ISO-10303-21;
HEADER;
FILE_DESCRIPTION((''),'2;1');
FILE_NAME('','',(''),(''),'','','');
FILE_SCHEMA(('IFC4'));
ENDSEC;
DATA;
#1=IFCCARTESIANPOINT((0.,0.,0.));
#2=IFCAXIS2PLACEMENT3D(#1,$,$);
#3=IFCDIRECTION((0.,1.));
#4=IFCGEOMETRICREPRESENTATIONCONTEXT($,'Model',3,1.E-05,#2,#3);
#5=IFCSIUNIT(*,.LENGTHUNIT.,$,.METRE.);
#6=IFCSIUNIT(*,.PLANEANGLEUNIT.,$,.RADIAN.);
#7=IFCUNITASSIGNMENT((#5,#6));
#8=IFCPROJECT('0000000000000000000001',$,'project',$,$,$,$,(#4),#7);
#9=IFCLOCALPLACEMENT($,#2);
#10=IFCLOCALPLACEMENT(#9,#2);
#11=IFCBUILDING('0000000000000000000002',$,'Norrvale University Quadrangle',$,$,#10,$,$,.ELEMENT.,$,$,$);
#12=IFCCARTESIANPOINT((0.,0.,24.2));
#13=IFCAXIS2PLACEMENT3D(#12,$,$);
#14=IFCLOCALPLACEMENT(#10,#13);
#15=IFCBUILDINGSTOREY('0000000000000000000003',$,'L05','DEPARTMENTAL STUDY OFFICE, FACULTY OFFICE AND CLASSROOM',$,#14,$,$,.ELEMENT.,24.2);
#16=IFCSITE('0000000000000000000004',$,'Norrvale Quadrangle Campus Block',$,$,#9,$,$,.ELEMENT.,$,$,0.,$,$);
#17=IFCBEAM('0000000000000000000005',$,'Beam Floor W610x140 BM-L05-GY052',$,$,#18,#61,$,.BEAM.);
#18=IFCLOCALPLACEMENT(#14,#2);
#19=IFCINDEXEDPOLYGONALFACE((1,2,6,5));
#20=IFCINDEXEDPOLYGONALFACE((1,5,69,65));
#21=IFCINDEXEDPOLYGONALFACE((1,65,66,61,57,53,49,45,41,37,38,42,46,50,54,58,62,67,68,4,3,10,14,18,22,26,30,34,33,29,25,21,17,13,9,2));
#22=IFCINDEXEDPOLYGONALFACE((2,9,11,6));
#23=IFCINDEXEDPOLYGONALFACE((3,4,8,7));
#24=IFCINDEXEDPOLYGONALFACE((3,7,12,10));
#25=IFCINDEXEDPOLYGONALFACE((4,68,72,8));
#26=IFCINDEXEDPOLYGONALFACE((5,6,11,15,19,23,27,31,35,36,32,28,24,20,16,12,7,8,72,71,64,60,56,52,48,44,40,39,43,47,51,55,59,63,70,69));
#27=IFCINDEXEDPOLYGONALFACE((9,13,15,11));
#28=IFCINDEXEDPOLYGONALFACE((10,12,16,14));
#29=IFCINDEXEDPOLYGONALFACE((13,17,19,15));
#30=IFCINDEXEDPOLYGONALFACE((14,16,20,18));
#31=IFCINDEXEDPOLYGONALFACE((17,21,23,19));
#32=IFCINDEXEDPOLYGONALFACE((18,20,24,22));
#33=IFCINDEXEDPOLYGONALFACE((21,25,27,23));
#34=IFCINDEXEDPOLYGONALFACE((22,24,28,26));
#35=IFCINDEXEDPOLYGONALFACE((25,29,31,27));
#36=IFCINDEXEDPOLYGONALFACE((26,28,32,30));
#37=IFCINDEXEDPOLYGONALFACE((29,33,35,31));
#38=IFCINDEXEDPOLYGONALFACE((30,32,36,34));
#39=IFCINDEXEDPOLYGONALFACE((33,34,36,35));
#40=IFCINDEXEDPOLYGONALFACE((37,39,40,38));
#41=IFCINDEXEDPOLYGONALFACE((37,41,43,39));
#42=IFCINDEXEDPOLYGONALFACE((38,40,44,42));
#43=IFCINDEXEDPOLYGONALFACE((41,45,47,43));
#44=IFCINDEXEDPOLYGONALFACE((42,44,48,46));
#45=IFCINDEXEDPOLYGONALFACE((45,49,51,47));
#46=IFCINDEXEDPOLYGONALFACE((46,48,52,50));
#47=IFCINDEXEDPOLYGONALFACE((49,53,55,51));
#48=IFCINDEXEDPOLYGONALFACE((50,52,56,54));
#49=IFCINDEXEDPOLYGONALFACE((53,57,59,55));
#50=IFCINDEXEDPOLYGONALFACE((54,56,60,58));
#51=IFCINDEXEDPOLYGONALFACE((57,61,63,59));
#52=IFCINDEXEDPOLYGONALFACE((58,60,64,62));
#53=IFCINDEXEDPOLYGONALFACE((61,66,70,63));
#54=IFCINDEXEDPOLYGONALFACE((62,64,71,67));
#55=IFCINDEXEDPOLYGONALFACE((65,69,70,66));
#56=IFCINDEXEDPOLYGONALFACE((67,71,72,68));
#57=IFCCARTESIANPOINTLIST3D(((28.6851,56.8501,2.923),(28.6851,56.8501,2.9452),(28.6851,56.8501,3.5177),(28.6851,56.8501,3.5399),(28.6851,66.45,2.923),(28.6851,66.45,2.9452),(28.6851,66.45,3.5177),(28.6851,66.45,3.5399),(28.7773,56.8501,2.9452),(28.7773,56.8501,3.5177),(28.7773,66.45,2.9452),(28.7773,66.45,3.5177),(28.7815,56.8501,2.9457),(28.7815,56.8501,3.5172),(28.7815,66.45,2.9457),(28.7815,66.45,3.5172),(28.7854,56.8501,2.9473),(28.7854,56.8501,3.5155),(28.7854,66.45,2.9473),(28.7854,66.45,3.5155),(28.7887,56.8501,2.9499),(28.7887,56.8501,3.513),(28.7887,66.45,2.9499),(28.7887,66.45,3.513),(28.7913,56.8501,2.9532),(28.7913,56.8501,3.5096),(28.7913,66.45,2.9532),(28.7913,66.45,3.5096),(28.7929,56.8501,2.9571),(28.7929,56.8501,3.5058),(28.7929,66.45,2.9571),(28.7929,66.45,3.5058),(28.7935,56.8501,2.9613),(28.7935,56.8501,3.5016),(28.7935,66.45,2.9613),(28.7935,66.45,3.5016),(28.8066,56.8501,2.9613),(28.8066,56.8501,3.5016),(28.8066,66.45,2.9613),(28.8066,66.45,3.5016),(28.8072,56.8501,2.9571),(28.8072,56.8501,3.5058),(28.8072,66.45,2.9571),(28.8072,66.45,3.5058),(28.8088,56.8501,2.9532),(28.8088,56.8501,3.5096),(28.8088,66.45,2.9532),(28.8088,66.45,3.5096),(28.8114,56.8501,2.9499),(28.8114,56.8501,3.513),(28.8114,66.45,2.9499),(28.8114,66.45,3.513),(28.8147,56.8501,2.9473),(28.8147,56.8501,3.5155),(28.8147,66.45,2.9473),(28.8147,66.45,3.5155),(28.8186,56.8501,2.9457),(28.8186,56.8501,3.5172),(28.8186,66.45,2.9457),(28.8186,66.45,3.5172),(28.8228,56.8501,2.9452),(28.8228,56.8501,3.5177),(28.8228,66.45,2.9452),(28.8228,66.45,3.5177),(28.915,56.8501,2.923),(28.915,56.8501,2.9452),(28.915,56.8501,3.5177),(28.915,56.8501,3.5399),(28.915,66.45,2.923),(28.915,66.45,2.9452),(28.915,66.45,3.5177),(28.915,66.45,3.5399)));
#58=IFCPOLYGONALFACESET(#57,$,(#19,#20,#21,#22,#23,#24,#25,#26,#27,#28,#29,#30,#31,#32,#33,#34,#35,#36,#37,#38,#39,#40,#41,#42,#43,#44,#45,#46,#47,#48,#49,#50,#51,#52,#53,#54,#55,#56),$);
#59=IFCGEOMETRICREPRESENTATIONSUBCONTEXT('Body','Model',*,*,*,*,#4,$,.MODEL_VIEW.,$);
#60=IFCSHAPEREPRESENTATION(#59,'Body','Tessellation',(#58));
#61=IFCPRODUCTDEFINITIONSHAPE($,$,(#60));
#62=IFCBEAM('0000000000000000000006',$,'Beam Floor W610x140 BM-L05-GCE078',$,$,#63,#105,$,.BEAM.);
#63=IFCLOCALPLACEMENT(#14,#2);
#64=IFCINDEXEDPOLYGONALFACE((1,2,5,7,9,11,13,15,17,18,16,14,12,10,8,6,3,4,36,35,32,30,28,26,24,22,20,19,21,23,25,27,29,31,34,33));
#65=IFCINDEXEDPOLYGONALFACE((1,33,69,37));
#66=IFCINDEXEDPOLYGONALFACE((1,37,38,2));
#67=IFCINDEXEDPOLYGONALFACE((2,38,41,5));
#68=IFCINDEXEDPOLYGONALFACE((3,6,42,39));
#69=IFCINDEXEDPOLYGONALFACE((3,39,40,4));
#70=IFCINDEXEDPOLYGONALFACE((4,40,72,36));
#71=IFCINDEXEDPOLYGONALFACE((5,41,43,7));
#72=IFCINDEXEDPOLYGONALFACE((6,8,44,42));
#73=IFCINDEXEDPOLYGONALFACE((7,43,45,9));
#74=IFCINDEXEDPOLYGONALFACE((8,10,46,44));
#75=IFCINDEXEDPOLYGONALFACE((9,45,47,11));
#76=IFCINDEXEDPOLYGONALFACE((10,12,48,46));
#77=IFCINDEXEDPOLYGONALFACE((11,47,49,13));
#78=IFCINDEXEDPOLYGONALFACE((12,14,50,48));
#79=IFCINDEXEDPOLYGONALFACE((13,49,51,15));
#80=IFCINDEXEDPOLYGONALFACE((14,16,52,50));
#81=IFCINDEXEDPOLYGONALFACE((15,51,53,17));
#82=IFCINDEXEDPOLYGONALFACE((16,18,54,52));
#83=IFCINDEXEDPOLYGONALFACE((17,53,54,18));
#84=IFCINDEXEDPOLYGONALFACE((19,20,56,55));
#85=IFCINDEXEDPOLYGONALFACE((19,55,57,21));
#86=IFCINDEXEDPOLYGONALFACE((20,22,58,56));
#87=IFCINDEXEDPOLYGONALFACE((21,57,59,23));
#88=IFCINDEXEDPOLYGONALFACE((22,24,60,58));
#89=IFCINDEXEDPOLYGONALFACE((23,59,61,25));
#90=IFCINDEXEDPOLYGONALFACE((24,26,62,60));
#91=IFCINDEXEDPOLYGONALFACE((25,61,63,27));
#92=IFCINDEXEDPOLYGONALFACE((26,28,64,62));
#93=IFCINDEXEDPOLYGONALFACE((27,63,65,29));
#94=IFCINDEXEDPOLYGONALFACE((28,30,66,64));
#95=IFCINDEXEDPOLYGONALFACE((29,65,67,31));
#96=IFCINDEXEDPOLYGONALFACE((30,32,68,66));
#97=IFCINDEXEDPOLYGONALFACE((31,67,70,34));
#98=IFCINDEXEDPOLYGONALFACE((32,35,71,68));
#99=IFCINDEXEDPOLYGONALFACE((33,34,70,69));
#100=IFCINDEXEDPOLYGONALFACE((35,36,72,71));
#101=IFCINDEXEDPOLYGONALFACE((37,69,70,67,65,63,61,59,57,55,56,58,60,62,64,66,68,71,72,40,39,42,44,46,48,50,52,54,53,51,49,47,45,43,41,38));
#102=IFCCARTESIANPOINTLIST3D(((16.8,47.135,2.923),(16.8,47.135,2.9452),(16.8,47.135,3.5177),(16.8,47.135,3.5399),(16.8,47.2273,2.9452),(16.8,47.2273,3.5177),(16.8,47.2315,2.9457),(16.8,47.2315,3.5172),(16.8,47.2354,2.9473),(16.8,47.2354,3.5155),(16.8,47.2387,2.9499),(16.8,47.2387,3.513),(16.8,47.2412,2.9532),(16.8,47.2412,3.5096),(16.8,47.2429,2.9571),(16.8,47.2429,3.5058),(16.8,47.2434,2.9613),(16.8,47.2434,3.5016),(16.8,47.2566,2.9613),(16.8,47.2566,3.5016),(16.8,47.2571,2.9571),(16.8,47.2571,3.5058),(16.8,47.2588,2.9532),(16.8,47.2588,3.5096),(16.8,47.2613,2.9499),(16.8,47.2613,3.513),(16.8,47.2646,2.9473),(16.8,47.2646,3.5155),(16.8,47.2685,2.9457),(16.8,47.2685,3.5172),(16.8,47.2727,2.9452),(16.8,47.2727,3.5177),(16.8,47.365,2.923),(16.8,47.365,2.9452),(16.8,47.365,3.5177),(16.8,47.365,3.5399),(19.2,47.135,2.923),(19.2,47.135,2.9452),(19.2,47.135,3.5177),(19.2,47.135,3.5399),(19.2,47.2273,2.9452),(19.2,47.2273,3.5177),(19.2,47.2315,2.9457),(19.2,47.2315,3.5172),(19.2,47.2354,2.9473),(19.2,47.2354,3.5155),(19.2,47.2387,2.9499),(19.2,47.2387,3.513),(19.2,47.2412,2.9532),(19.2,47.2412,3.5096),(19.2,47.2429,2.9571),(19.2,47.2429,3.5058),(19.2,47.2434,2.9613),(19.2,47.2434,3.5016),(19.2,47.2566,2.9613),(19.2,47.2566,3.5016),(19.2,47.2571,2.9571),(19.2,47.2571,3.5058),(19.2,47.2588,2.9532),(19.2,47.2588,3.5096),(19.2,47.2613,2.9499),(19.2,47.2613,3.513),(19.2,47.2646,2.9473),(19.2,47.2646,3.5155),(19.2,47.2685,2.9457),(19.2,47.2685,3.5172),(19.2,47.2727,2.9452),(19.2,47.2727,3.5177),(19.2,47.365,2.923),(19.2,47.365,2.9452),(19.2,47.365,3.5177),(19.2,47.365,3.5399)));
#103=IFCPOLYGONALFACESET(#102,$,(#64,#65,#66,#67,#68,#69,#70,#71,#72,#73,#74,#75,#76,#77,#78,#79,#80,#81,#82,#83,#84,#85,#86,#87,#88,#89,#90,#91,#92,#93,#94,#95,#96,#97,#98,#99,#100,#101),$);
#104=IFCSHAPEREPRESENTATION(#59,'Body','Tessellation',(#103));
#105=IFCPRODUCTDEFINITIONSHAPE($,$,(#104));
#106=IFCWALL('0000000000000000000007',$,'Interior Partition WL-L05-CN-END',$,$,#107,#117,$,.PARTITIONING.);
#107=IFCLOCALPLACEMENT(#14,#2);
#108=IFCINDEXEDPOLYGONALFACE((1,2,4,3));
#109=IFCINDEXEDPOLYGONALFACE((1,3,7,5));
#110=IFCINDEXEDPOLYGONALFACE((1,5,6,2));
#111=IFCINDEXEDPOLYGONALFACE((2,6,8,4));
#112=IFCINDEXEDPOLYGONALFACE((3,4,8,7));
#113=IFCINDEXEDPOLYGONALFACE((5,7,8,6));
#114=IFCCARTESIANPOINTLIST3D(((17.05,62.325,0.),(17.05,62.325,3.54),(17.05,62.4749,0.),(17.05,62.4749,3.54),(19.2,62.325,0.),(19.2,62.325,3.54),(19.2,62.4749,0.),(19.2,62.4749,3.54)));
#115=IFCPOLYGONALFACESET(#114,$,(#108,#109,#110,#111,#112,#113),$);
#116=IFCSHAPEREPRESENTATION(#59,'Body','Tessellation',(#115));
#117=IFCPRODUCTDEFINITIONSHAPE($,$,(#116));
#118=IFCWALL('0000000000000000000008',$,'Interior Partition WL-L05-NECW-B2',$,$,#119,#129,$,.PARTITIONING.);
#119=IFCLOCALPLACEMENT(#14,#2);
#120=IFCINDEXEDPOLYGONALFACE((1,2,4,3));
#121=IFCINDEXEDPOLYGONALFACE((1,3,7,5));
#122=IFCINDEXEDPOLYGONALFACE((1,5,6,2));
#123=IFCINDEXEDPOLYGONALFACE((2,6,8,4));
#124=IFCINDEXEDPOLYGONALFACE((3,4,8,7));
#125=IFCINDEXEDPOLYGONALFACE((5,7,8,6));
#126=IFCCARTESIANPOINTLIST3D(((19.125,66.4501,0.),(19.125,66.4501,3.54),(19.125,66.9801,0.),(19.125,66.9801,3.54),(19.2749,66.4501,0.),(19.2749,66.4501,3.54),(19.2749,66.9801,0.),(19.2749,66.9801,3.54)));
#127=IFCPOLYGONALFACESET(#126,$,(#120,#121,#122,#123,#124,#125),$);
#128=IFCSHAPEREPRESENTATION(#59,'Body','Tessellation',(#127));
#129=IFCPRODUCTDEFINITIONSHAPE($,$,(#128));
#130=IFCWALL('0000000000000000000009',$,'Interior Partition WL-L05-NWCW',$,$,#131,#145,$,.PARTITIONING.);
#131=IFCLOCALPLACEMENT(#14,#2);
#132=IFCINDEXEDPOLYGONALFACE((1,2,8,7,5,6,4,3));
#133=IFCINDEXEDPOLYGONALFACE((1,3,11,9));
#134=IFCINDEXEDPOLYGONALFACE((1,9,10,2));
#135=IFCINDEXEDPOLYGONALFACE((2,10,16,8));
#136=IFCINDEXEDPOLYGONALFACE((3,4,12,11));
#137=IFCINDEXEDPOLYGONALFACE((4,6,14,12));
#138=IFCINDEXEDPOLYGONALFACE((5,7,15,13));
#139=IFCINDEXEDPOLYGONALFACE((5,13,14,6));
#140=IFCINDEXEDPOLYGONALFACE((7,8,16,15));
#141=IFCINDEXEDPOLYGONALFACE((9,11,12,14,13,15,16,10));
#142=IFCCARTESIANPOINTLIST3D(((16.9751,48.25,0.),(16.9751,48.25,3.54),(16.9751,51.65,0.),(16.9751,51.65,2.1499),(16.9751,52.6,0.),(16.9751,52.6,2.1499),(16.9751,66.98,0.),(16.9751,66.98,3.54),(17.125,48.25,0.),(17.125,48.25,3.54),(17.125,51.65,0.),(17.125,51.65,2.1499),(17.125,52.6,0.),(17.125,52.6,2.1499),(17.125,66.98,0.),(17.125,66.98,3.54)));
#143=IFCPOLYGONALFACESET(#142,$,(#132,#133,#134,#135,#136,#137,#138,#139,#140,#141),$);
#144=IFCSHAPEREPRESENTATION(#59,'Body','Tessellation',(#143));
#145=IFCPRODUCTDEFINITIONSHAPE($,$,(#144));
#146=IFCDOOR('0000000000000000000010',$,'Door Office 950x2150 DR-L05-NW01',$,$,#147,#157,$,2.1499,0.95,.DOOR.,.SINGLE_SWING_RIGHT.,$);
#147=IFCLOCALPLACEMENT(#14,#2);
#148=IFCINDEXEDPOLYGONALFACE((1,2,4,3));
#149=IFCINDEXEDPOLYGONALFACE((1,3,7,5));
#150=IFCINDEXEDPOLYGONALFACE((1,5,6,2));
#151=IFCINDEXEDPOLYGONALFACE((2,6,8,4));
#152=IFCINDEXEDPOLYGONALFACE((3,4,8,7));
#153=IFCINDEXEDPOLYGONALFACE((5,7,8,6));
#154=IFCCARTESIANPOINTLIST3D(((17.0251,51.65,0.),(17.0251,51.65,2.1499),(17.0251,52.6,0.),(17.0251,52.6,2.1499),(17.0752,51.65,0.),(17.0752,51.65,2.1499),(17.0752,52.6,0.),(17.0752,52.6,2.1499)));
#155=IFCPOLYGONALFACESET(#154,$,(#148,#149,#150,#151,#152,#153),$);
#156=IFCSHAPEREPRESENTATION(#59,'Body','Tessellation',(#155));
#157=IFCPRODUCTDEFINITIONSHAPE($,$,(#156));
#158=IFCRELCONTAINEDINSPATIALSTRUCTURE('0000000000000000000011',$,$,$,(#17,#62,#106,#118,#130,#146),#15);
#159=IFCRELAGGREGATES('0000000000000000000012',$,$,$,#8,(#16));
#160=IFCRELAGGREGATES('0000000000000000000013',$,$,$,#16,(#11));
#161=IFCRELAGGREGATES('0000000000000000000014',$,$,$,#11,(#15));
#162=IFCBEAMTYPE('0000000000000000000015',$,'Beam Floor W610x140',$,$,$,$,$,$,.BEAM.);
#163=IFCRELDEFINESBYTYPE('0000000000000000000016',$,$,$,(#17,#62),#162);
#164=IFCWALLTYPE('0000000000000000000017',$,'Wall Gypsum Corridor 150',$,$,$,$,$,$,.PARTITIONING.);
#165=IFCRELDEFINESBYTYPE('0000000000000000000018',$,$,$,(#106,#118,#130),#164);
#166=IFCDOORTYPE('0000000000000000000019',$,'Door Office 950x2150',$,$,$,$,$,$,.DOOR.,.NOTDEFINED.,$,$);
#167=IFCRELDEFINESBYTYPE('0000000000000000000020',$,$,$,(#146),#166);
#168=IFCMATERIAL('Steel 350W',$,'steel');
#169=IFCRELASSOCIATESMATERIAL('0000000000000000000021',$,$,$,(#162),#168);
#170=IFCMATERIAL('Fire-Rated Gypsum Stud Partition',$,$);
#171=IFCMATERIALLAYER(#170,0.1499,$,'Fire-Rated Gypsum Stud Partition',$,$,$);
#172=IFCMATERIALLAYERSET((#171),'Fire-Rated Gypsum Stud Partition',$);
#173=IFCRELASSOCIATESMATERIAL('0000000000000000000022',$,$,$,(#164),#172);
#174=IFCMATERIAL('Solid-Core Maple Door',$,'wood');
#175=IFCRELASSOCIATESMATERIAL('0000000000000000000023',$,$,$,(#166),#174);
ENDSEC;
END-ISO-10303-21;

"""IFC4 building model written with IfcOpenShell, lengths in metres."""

from ifc_helpers import new_model, si_unit, direction, frame, frame_2d, origin, origin_2d, place, context, subcontext, project, spatial, rectangle, i_section, extrude, material, layer, layer_set, material_profile, profile_set, type_object, element, fill, save


model = new_model("IFC4")

# Units and contexts
model_context = context("Model", 3, precision=1e-05, world=origin(), true_north=direction((0.0, 1.0)))
body_context = subcontext(model_context, "Body", "Model", "MODEL_VIEW")
ifc_project = project(units=[si_unit("LENGTHUNIT", "METRE"), si_unit("PLANEANGLEUNIT", "RADIAN")], contexts=[model_context])

# Site, building, storey
site_placement = place(None, origin())
site = spatial("IfcSite", under=ifc_project, at=site_placement, Name="Norrvale Quadrangle Campus Block", CompositionType="ELEMENT", RefElevation=0.0)
building_placement = place(site_placement, origin())
building = spatial("IfcBuilding", under=site, at=building_placement, Name="Norrvale University Quadrangle", CompositionType="ELEMENT")
storey_placement = place(building_placement, frame((0.0, 0.0, 24.2)))
storey = spatial("IfcBuildingStorey", under=building, at=storey_placement, Name="L05", Description="DEPARTMENTAL STUDY OFFICE, FACULTY OFFICE AND CLASSROOM", CompositionType="ELEMENT", Elevation=24.2)

# Beams
ifc_material_1 = material(Name="Steel 350W", Category="steel")
ifc_material_profile_1 = material_profile(ifc_material_1, i_section(OverallWidth=0.23, OverallDepth=0.6169, WebThickness=0.0132, FlangeThickness=0.0222, FilletRadius=0.0161, at=origin_2d()), Name="Steel 350W")
ifc_profile_set_1 = profile_set([ifc_material_profile_1], Name="Steel 350W")
beam_type_1 = type_object("IfcBeamType", Name="Beam Floor W610x140", PredefinedType="BEAM", material=ifc_profile_set_1)
beam_1_placement = place(storey_placement, frame((28.8, 56.8501, 3.2314), z_axis=(0.0, 1.0, 0.0), x_axis=(-1.0, 0.0, 0.0)))
element("IfcBeam", 1, at=beam_1_placement, inside=storey, type_object=beam_type_1, Name="Beam Floor W610x140 BM-L05-GY052", PredefinedType="BEAM", context=body_context, shape_type="SweptSolid", body=[
    extrude(i_section(OverallWidth=0.23, OverallDepth=0.6169, WebThickness=0.0132, FlangeThickness=0.0222, FilletRadius=0.0161, at=origin_2d()), origin(), (0.0, 0.0, 1.0), 9.5999),
])
beam_2_placement = place(storey_placement, frame((16.8, 47.25, 3.2314), z_axis=(1.0, 0.0, 0.0), x_axis=(0.0, 1.0, 0.0)))
element("IfcBeam", 2, at=beam_2_placement, inside=storey, type_object=beam_type_1, Name="Beam Floor W610x140 BM-L05-GCE078", PredefinedType="BEAM", context=body_context, shape_type="SweptSolid", body=[
    extrude(i_section(OverallWidth=0.23, OverallDepth=0.6169, WebThickness=0.0132, FlangeThickness=0.0222, FilletRadius=0.0161, at=origin_2d()), origin(), (0.0, 0.0, 1.0), 2.3999),
])

# Walls
ifc_material_2 = material(Name="Fire-Rated Gypsum Stud Partition")
ifc_layer = layer(ifc_material_2, 0.1499, Name="Fire-Rated Gypsum Stud Partition")
ifc_layer_set = layer_set([ifc_layer], Name="Fire-Rated Gypsum Stud Partition")
wall_type = type_object("IfcWallType", Name="Wall Gypsum Corridor 150", PredefinedType="PARTITIONING", material=ifc_layer_set)
wall_1_placement = place(storey_placement, frame((17.05, 62.3999, 0.0), z_axis=(0.0, 0.0, 1.0), x_axis=(1.0, 0.0, 0.0)))
element("IfcWall", 3, at=wall_1_placement, inside=storey, type_object=wall_type, Name="Interior Partition WL-L05-CN-END", PredefinedType="PARTITIONING", context=body_context, shape_type="SweptSolid", body=[
    extrude(rectangle(XDim=2.1499, YDim=0.1499, at=frame_2d((1.075, 0.0))), origin(), (0.0, 0.0, 1.0), 3.54),
])
wall_2_placement = place(storey_placement, frame((19.2, 66.45, 0.0), z_axis=(0.0, 0.0, 1.0), x_axis=(0.0, 1.0, 0.0)))
element("IfcWall", 4, at=wall_2_placement, inside=storey, type_object=wall_type, Name="Interior Partition WL-L05-NECW-B2", PredefinedType="PARTITIONING", context=body_context, shape_type="SweptSolid", body=[
    extrude(rectangle(XDim=0.53, YDim=0.1499, at=frame_2d((0.2651, 0.0))), origin(), (0.0, 0.0, 1.0), 3.54),
])

# Wall, opening, door
wall_3_placement = place(storey_placement, frame((17.05, 48.25, 0.0), z_axis=(0.0, 0.0, 1.0), x_axis=(0.0, 1.0, 0.0)))
wall_3 = element("IfcWall", 5, at=wall_3_placement, inside=storey, type_object=wall_type, Name="Interior Partition WL-L05-NWCW", PredefinedType="PARTITIONING", context=body_context, shape_type="SweptSolid", body=[
    extrude(rectangle(XDim=18.73, YDim=0.1499, at=frame_2d((9.365, 0.0))), origin(), (0.0, 0.0, 1.0), 3.54),
])
opening_placement = place(wall_3_placement, frame((3.3999, 0.0, 0.0)))
opening = element("IfcOpeningElement", 6, at=opening_placement, cuts=wall_3, PredefinedType="OPENING", context=body_context, shape_type="SweptSolid", body=[
    extrude(rectangle(XDim=0.95, YDim=2.1499, at=frame_2d((0.4751, 1.075))), frame((0.0, 0.0869, 0.0), z_axis=(0.0, -1.0, 0.0), x_axis=(1.0, 0.0, 0.0)), (0.0, 0.0, 1.0), 0.1738),
])
ifc_material_3 = material(Name="Solid-Core Maple Door", Category="wood")
door_type = type_object("IfcDoorType", Name="Door Office 950x2150", OperationType="NOTDEFINED", PredefinedType="DOOR", material=ifc_material_3)
door_placement = place(opening_placement, origin())
door = element("IfcDoor", 7, at=door_placement, inside=storey, type_object=door_type, Name="Door Office 950x2150 DR-L05-NW01", OperationType="SINGLE_SWING_RIGHT", OverallHeight=2.1499, OverallWidth=0.95, PredefinedType="DOOR", context=body_context, shape_type="SweptSolid", body=[
    extrude(rectangle(XDim=0.95, YDim=2.1499, at=frame_2d((0.4751, 1.075))), frame((0.0, 0.0249, 0.0), z_axis=(0.0, -1.0, 0.0), x_axis=(1.0, 0.0, 0.0)), (0.0, 0.0, 1.0), 0.05),
])
fill(opening, door)

save(model, "model.ifc")
